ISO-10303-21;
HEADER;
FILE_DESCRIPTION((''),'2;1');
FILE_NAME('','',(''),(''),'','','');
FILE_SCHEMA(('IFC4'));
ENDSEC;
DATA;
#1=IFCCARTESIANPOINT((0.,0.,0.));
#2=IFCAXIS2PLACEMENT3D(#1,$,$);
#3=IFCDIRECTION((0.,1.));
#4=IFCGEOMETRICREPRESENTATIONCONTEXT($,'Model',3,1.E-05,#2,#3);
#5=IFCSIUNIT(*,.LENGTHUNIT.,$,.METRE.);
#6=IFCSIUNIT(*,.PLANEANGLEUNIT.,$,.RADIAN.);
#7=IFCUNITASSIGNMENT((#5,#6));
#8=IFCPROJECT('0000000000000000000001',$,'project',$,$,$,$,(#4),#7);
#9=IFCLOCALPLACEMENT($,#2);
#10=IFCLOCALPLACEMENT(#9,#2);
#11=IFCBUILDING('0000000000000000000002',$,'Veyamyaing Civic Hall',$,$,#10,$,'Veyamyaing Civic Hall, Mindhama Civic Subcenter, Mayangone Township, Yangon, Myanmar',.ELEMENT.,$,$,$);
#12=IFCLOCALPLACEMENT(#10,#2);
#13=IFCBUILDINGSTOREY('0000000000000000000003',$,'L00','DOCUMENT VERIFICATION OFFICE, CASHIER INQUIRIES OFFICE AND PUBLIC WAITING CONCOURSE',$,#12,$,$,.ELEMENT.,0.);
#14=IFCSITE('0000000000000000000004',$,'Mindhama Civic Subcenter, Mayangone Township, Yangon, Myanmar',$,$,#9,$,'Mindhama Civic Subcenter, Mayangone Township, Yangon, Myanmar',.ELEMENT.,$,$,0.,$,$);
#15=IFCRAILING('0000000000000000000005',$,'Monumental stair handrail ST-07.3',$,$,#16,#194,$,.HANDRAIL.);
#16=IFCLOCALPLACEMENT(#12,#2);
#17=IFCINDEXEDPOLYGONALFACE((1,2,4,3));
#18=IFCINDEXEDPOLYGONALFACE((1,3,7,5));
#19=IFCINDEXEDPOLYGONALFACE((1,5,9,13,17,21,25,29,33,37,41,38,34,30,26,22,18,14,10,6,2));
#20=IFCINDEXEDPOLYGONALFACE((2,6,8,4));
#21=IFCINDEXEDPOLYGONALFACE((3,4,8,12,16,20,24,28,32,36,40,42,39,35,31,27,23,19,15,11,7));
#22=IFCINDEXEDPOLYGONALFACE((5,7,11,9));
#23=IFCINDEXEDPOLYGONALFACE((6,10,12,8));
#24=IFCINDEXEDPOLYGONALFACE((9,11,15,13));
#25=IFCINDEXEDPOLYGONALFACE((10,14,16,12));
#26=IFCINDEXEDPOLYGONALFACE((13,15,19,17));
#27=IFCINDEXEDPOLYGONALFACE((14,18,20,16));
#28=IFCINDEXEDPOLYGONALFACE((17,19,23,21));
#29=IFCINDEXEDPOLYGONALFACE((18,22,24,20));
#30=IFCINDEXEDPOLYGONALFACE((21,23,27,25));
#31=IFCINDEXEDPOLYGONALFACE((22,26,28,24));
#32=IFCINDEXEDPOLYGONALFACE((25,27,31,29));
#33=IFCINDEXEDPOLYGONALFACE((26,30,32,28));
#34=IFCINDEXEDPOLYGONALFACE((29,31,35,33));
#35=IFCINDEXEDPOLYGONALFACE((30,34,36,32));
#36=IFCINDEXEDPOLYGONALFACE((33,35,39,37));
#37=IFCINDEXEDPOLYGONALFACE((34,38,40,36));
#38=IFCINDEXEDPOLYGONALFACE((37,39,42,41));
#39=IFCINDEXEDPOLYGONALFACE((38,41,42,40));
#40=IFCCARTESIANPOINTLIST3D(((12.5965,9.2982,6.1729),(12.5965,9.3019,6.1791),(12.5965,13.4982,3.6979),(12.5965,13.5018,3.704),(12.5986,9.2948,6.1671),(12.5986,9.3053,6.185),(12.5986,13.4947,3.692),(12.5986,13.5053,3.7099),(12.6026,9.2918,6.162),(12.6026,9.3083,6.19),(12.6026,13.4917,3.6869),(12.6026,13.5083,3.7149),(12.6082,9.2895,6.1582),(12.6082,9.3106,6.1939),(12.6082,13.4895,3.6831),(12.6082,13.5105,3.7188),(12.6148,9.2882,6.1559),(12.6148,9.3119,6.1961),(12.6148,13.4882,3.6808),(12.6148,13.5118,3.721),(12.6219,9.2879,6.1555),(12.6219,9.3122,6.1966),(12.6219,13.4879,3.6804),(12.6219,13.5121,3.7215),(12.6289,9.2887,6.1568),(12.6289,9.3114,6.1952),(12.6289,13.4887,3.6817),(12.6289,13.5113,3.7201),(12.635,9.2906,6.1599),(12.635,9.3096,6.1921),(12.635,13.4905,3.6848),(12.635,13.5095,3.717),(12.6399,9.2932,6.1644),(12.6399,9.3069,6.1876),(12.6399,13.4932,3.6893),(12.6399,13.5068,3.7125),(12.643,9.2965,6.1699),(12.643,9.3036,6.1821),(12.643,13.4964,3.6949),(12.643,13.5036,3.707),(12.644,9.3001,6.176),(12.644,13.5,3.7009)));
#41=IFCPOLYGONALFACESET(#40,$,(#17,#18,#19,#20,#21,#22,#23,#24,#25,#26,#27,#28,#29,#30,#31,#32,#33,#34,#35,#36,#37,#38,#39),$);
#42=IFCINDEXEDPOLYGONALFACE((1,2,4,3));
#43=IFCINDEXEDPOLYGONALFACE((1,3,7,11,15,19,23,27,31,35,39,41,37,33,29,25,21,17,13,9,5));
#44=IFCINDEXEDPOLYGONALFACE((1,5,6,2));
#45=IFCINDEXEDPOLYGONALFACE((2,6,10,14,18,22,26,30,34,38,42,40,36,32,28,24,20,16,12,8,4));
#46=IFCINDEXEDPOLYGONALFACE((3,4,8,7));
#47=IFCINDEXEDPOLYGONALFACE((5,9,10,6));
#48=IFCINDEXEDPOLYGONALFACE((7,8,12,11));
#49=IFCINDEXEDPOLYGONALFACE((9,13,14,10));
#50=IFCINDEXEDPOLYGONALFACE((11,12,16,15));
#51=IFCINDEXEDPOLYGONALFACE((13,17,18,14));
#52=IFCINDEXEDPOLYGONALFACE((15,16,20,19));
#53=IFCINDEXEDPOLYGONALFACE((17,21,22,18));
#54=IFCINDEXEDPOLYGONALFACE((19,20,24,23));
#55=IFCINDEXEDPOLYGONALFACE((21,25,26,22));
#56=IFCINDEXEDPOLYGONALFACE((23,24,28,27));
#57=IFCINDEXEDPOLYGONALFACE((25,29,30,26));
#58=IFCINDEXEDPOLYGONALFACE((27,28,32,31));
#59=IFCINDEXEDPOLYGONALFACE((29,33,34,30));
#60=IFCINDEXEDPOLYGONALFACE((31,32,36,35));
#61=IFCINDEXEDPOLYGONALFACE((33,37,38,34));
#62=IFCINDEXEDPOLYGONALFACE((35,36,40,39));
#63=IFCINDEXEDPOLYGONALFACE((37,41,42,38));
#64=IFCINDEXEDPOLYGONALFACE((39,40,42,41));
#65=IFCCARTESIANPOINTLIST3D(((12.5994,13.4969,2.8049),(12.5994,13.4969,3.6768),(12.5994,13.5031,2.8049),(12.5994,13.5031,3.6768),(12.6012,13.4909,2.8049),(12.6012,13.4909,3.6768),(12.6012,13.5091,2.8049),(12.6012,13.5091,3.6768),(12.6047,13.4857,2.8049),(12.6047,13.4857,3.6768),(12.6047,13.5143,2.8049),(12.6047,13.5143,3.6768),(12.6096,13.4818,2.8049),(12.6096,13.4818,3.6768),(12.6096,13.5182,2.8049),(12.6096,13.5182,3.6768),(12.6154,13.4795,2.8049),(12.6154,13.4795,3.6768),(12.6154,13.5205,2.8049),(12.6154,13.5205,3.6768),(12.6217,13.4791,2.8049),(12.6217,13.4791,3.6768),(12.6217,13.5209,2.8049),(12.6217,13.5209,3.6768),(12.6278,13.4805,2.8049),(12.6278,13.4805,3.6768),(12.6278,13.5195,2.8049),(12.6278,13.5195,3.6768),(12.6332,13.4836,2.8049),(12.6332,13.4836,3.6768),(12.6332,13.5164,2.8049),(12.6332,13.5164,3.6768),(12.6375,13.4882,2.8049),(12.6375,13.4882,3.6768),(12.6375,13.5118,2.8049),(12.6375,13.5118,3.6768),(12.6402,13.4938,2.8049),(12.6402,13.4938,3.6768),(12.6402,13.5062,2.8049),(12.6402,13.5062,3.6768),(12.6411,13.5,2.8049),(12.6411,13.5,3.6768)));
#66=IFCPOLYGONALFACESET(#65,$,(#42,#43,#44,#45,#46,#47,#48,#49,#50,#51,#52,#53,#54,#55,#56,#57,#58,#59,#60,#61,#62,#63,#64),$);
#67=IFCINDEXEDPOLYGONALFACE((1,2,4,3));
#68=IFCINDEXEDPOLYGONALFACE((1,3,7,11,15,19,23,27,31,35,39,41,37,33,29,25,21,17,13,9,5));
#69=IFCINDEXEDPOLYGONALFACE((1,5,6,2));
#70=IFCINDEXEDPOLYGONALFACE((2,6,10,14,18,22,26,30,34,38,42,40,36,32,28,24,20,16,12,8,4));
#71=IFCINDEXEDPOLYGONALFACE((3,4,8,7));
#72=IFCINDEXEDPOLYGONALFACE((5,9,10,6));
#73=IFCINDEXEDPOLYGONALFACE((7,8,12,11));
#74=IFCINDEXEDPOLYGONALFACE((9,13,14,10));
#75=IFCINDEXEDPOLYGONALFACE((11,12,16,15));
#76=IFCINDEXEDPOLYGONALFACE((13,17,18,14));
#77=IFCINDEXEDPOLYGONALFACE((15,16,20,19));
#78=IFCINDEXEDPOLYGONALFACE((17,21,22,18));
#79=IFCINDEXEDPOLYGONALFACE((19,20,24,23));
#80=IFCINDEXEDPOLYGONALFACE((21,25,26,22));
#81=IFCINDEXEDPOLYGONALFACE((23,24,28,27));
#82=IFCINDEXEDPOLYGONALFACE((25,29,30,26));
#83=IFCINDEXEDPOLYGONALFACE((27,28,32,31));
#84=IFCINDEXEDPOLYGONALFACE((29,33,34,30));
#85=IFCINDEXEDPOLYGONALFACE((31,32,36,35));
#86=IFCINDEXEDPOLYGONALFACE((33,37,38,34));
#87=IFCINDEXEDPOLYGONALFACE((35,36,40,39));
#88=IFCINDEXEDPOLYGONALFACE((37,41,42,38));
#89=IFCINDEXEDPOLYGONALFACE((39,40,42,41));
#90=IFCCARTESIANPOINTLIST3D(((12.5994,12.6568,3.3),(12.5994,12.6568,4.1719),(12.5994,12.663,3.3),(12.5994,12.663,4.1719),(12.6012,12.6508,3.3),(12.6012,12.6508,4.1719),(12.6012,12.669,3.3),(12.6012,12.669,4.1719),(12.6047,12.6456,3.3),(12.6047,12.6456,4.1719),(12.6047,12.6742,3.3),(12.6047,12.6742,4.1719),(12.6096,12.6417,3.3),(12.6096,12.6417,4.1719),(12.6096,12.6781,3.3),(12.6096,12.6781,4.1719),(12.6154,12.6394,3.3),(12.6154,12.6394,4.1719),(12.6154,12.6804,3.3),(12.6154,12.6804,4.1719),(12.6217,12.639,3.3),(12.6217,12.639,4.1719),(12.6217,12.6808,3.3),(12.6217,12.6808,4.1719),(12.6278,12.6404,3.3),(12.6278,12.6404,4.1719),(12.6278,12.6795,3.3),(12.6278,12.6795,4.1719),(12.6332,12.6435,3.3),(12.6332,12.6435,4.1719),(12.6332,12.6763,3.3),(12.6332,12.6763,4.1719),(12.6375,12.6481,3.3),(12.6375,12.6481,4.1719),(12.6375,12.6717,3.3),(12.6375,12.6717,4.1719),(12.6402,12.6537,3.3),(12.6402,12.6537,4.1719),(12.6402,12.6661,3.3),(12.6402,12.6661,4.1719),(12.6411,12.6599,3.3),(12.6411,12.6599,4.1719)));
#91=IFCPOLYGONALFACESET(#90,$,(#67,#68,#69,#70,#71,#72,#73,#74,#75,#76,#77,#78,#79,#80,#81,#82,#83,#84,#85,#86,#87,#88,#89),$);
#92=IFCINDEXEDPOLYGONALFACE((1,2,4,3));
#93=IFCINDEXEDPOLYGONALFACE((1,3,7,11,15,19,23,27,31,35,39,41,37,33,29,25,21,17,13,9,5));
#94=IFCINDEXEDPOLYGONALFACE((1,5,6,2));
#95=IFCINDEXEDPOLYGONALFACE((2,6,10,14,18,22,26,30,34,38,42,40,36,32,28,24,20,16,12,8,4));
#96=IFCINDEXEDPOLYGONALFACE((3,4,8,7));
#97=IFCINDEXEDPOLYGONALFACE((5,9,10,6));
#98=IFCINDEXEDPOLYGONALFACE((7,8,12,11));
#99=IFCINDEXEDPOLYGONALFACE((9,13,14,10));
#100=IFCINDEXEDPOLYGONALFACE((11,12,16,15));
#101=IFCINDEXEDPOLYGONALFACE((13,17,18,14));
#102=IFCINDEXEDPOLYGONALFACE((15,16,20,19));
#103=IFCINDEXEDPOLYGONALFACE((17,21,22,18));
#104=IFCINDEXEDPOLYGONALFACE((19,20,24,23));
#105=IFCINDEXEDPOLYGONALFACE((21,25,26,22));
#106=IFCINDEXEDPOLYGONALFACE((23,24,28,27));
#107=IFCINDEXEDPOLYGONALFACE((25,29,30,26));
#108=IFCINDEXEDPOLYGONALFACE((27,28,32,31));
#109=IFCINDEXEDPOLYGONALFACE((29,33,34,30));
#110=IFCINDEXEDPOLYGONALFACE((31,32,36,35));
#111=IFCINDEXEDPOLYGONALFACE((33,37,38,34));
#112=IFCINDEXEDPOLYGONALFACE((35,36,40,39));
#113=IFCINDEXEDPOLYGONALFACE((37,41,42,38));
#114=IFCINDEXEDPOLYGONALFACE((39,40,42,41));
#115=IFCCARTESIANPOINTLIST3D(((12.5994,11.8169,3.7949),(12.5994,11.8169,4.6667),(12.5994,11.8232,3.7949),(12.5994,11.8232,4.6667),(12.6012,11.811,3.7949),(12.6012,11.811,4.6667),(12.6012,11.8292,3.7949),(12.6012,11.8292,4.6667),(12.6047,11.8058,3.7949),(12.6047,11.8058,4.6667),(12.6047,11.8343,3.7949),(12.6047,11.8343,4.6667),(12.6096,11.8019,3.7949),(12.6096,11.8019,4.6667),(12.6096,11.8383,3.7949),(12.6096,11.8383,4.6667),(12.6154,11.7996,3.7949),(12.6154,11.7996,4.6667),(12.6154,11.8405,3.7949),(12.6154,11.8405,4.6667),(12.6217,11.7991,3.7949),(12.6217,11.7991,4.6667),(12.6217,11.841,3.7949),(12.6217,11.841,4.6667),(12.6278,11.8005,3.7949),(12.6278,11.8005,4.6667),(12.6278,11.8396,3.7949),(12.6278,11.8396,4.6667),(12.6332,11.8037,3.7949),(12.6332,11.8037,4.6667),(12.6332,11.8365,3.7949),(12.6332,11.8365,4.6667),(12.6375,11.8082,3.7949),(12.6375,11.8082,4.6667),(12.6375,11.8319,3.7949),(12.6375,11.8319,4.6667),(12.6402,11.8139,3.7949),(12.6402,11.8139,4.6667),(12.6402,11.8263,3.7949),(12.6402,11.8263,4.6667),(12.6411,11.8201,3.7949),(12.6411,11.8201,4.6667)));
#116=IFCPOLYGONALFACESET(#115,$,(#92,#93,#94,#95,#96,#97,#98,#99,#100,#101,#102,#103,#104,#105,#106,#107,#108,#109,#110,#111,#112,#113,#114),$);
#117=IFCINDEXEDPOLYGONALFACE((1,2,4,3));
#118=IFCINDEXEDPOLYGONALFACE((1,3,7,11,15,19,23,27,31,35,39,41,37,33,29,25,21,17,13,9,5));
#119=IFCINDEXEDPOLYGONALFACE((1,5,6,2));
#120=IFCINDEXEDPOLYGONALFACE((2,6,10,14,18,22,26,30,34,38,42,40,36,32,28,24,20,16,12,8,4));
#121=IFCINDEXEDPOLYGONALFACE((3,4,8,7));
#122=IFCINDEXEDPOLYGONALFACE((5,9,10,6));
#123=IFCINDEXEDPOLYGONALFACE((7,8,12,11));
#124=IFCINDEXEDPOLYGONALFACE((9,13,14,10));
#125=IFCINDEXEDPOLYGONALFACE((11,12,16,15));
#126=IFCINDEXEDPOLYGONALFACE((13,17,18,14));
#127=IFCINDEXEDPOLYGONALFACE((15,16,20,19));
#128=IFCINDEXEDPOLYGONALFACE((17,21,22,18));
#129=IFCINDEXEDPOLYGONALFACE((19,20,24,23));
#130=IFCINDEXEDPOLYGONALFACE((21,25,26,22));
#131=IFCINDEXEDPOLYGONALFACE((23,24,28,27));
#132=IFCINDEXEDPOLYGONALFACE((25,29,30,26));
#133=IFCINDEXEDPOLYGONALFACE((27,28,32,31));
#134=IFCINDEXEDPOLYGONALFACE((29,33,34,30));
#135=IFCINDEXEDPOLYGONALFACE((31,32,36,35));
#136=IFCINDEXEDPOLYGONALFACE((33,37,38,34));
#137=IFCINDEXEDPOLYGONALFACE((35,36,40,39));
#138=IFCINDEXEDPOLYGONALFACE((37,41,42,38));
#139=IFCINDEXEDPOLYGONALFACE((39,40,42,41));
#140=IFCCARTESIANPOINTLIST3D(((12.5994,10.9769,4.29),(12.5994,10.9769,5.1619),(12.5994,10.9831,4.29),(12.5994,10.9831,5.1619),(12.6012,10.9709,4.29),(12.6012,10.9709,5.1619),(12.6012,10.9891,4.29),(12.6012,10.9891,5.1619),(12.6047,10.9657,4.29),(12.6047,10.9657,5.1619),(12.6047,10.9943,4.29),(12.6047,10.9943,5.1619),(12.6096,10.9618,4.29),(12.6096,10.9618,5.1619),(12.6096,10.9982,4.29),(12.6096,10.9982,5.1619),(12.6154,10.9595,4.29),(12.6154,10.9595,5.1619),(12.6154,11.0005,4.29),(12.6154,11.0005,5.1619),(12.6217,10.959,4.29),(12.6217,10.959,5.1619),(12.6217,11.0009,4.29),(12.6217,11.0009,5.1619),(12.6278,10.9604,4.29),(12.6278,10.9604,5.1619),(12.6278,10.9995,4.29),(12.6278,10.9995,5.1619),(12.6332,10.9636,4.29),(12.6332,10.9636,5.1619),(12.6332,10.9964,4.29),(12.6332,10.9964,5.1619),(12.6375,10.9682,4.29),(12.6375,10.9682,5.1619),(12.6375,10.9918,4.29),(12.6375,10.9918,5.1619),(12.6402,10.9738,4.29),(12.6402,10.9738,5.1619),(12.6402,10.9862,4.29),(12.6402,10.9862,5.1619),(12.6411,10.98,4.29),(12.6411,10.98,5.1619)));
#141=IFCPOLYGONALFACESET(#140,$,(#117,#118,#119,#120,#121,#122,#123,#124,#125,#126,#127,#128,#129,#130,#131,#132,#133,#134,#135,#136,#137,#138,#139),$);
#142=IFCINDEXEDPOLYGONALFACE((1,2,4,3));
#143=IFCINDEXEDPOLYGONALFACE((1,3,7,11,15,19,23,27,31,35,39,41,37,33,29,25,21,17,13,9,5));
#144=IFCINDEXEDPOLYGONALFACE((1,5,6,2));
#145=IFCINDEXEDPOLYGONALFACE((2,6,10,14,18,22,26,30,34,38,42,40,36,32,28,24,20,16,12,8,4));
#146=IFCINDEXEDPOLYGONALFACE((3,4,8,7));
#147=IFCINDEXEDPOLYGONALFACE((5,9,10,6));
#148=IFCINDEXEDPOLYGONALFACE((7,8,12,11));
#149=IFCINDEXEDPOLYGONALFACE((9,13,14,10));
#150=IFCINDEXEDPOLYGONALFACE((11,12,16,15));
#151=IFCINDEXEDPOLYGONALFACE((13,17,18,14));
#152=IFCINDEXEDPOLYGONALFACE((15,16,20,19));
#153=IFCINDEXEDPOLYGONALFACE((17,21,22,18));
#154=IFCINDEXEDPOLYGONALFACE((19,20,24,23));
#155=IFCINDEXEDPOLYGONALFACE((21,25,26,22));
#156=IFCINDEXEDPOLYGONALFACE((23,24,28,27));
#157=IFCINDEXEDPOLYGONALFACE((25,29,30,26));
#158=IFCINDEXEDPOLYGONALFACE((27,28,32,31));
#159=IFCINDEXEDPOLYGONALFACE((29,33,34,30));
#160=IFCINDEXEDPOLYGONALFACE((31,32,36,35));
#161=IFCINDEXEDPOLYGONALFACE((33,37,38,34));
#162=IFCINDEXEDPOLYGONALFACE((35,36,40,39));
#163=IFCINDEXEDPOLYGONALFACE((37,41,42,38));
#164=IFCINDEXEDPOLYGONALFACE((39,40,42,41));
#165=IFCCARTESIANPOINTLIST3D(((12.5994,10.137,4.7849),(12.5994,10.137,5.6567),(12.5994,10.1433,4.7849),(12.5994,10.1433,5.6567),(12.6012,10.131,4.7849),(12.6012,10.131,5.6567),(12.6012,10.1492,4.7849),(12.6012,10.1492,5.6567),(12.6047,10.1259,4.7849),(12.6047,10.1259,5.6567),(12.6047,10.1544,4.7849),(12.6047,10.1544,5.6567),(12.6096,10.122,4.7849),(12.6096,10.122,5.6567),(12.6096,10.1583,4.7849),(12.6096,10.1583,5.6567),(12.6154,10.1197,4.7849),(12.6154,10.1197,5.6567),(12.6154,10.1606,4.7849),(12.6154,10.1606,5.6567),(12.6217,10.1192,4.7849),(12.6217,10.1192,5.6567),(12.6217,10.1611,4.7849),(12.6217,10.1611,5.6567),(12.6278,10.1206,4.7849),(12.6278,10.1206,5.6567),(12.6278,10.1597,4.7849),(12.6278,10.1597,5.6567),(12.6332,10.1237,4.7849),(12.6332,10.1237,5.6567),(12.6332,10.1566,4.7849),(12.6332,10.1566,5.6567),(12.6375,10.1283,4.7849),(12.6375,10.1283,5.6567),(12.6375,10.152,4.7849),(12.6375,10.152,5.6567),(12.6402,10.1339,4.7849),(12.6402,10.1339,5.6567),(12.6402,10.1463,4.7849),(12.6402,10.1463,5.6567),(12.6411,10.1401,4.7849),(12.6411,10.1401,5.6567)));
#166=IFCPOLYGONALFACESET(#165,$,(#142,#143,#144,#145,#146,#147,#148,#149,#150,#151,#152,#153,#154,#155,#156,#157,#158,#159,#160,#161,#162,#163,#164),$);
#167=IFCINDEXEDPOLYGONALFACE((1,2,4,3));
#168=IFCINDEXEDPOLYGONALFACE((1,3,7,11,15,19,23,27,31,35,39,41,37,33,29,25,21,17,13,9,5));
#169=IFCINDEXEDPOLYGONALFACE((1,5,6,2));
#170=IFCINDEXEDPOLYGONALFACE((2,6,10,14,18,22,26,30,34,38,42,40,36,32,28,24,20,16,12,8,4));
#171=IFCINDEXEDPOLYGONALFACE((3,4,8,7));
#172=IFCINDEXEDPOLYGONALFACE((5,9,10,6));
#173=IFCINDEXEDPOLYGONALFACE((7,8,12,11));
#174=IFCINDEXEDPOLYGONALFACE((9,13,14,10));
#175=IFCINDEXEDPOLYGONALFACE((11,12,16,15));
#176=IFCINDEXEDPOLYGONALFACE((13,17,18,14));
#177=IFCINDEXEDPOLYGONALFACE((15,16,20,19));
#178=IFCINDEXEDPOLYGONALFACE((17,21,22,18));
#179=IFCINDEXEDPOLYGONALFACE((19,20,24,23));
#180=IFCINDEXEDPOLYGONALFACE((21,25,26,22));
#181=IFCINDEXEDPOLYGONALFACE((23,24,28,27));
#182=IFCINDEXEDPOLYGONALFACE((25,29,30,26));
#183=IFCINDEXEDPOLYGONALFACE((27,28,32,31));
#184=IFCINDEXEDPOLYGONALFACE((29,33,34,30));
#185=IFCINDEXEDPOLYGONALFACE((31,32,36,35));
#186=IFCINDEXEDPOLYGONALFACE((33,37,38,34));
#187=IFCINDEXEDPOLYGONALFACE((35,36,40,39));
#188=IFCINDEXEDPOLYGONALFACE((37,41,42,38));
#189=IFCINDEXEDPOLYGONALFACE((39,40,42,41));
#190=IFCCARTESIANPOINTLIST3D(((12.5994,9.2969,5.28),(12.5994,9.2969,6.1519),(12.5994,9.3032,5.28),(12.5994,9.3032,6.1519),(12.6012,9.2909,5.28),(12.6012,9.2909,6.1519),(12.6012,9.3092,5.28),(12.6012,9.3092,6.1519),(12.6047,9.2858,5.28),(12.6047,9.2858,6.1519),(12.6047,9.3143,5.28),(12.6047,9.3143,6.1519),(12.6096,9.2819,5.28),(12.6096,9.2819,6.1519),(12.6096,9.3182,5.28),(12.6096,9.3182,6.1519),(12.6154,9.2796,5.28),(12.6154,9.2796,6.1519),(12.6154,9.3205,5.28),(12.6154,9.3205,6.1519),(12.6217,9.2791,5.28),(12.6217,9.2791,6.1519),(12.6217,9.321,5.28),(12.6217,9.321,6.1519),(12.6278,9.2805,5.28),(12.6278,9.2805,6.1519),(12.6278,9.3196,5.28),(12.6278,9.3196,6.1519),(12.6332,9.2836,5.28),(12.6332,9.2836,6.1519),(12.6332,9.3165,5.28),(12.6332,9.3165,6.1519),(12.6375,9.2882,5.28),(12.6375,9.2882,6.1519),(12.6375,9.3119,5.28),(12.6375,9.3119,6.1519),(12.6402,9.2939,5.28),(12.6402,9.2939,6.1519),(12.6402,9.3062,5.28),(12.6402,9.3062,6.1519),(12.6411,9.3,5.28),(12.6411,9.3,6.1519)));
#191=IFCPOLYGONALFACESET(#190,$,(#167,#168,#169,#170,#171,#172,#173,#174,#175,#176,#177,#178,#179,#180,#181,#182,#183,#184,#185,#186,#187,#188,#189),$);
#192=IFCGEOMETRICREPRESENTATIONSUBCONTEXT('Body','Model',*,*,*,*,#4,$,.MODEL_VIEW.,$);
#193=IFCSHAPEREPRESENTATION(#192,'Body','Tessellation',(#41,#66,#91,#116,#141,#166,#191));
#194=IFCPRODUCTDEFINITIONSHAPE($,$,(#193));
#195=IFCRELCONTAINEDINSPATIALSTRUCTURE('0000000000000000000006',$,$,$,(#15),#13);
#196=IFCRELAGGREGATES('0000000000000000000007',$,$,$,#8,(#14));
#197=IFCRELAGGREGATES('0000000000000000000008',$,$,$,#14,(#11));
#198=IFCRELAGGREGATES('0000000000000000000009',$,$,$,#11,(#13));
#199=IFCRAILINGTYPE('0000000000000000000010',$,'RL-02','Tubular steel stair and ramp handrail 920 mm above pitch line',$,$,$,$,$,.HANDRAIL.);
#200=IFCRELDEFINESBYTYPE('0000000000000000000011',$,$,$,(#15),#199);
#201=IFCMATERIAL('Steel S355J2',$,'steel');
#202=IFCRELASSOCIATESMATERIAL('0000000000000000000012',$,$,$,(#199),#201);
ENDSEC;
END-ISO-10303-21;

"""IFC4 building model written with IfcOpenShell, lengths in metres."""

from ifc_helpers import new_model, si_unit, direction, frame, origin, origin_2d, place, context, subcontext, project, spatial, circle, extrude, material, type_object, element, save


model = new_model("IFC4")

# Units and contexts
model_context = context("Model", 3, precision=1e-05, world=origin(), true_north=direction((0.0, 1.0)))
body_context = subcontext(model_context, "Body", "Model", "MODEL_VIEW")
ifc_project = project(units=[si_unit("LENGTHUNIT", "METRE"), si_unit("PLANEANGLEUNIT", "RADIAN")], contexts=[model_context])

# Site, building, storey
site_placement = place(None, origin())
site = spatial("IfcSite", under=ifc_project, at=site_placement, Name="Mindhama Civic Subcenter, Mayangone Township, Yangon, Myanmar", LongName="Mindhama Civic Subcenter, Mayangone Township, Yangon, Myanmar", CompositionType="ELEMENT", RefElevation=0.0)
building_placement = place(site_placement, origin())
building = spatial("IfcBuilding", under=site, at=building_placement, Name="Veyamyaing Civic Hall", LongName="Veyamyaing Civic Hall, Mindhama Civic Subcenter, Mayangone Township, Yangon, Myanmar", CompositionType="ELEMENT")
storey_placement = place(building_placement, origin())
storey = spatial("IfcBuildingStorey", under=building, at=storey_placement, Name="L00", Description="DOCUMENT VERIFICATION OFFICE, CASHIER INQUIRIES OFFICE AND PUBLIC WAITING CONCOURSE", CompositionType="ELEMENT", Elevation=0.0)

# Railing
ifc_material_1 = material(Name="Steel S355J2", Category="steel")
railing_type_1 = type_object("IfcRailingType", Name="RL-02", Description="Tubular steel stair and ramp handrail 920 mm above pitch line", PredefinedType="HANDRAIL", material=ifc_material_1)
for number, where, name in (
    (1, (12.6201, 13.5, 2.8049), "Monumental stair handrail ST-07.3"),
):
    element("IfcRailing", number, at=place(storey_placement, frame(where)), inside=storey, type_object=railing_type_1, Name=name, PredefinedType="HANDRAIL", context=body_context, shape_type="SweptSolid", body=[
        extrude(circle(Radius=0.0239, at=origin_2d()), frame((0.0, 0.0, 0.896), z_axis=(0.0, -0.861527, 0.507712), x_axis=(1.0, 0.0, 0.0)), (0.0, 0.0, 1.0), 4.875),
        extrude(circle(Radius=0.021, at=origin_2d()), origin(), (0.0, 0.0, 1.0), 0.8718),
        extrude(circle(Radius=0.021, at=origin_2d()), frame((0.0, -0.8401, 0.4951)), (0.0, 0.0, 1.0), 0.8718),
        extrude(circle(Radius=0.021, at=origin_2d()), frame((0.0, -1.6799, 0.99)), (0.0, 0.0, 1.0), 0.8718),
        extrude(circle(Radius=0.021, at=origin_2d()), frame((0.0, -2.52, 1.4851)), (0.0, 0.0, 1.0), 0.8718),
        extrude(circle(Radius=0.021, at=origin_2d()), frame((0.0, -3.3599, 1.98)), (0.0, 0.0, 1.0), 0.8718),
        extrude(circle(Radius=0.021, at=origin_2d()), frame((0.0, -4.2, 2.4751)), (0.0, 0.0, 1.0), 0.8718),
    ])

save(model, "model.ifc")
